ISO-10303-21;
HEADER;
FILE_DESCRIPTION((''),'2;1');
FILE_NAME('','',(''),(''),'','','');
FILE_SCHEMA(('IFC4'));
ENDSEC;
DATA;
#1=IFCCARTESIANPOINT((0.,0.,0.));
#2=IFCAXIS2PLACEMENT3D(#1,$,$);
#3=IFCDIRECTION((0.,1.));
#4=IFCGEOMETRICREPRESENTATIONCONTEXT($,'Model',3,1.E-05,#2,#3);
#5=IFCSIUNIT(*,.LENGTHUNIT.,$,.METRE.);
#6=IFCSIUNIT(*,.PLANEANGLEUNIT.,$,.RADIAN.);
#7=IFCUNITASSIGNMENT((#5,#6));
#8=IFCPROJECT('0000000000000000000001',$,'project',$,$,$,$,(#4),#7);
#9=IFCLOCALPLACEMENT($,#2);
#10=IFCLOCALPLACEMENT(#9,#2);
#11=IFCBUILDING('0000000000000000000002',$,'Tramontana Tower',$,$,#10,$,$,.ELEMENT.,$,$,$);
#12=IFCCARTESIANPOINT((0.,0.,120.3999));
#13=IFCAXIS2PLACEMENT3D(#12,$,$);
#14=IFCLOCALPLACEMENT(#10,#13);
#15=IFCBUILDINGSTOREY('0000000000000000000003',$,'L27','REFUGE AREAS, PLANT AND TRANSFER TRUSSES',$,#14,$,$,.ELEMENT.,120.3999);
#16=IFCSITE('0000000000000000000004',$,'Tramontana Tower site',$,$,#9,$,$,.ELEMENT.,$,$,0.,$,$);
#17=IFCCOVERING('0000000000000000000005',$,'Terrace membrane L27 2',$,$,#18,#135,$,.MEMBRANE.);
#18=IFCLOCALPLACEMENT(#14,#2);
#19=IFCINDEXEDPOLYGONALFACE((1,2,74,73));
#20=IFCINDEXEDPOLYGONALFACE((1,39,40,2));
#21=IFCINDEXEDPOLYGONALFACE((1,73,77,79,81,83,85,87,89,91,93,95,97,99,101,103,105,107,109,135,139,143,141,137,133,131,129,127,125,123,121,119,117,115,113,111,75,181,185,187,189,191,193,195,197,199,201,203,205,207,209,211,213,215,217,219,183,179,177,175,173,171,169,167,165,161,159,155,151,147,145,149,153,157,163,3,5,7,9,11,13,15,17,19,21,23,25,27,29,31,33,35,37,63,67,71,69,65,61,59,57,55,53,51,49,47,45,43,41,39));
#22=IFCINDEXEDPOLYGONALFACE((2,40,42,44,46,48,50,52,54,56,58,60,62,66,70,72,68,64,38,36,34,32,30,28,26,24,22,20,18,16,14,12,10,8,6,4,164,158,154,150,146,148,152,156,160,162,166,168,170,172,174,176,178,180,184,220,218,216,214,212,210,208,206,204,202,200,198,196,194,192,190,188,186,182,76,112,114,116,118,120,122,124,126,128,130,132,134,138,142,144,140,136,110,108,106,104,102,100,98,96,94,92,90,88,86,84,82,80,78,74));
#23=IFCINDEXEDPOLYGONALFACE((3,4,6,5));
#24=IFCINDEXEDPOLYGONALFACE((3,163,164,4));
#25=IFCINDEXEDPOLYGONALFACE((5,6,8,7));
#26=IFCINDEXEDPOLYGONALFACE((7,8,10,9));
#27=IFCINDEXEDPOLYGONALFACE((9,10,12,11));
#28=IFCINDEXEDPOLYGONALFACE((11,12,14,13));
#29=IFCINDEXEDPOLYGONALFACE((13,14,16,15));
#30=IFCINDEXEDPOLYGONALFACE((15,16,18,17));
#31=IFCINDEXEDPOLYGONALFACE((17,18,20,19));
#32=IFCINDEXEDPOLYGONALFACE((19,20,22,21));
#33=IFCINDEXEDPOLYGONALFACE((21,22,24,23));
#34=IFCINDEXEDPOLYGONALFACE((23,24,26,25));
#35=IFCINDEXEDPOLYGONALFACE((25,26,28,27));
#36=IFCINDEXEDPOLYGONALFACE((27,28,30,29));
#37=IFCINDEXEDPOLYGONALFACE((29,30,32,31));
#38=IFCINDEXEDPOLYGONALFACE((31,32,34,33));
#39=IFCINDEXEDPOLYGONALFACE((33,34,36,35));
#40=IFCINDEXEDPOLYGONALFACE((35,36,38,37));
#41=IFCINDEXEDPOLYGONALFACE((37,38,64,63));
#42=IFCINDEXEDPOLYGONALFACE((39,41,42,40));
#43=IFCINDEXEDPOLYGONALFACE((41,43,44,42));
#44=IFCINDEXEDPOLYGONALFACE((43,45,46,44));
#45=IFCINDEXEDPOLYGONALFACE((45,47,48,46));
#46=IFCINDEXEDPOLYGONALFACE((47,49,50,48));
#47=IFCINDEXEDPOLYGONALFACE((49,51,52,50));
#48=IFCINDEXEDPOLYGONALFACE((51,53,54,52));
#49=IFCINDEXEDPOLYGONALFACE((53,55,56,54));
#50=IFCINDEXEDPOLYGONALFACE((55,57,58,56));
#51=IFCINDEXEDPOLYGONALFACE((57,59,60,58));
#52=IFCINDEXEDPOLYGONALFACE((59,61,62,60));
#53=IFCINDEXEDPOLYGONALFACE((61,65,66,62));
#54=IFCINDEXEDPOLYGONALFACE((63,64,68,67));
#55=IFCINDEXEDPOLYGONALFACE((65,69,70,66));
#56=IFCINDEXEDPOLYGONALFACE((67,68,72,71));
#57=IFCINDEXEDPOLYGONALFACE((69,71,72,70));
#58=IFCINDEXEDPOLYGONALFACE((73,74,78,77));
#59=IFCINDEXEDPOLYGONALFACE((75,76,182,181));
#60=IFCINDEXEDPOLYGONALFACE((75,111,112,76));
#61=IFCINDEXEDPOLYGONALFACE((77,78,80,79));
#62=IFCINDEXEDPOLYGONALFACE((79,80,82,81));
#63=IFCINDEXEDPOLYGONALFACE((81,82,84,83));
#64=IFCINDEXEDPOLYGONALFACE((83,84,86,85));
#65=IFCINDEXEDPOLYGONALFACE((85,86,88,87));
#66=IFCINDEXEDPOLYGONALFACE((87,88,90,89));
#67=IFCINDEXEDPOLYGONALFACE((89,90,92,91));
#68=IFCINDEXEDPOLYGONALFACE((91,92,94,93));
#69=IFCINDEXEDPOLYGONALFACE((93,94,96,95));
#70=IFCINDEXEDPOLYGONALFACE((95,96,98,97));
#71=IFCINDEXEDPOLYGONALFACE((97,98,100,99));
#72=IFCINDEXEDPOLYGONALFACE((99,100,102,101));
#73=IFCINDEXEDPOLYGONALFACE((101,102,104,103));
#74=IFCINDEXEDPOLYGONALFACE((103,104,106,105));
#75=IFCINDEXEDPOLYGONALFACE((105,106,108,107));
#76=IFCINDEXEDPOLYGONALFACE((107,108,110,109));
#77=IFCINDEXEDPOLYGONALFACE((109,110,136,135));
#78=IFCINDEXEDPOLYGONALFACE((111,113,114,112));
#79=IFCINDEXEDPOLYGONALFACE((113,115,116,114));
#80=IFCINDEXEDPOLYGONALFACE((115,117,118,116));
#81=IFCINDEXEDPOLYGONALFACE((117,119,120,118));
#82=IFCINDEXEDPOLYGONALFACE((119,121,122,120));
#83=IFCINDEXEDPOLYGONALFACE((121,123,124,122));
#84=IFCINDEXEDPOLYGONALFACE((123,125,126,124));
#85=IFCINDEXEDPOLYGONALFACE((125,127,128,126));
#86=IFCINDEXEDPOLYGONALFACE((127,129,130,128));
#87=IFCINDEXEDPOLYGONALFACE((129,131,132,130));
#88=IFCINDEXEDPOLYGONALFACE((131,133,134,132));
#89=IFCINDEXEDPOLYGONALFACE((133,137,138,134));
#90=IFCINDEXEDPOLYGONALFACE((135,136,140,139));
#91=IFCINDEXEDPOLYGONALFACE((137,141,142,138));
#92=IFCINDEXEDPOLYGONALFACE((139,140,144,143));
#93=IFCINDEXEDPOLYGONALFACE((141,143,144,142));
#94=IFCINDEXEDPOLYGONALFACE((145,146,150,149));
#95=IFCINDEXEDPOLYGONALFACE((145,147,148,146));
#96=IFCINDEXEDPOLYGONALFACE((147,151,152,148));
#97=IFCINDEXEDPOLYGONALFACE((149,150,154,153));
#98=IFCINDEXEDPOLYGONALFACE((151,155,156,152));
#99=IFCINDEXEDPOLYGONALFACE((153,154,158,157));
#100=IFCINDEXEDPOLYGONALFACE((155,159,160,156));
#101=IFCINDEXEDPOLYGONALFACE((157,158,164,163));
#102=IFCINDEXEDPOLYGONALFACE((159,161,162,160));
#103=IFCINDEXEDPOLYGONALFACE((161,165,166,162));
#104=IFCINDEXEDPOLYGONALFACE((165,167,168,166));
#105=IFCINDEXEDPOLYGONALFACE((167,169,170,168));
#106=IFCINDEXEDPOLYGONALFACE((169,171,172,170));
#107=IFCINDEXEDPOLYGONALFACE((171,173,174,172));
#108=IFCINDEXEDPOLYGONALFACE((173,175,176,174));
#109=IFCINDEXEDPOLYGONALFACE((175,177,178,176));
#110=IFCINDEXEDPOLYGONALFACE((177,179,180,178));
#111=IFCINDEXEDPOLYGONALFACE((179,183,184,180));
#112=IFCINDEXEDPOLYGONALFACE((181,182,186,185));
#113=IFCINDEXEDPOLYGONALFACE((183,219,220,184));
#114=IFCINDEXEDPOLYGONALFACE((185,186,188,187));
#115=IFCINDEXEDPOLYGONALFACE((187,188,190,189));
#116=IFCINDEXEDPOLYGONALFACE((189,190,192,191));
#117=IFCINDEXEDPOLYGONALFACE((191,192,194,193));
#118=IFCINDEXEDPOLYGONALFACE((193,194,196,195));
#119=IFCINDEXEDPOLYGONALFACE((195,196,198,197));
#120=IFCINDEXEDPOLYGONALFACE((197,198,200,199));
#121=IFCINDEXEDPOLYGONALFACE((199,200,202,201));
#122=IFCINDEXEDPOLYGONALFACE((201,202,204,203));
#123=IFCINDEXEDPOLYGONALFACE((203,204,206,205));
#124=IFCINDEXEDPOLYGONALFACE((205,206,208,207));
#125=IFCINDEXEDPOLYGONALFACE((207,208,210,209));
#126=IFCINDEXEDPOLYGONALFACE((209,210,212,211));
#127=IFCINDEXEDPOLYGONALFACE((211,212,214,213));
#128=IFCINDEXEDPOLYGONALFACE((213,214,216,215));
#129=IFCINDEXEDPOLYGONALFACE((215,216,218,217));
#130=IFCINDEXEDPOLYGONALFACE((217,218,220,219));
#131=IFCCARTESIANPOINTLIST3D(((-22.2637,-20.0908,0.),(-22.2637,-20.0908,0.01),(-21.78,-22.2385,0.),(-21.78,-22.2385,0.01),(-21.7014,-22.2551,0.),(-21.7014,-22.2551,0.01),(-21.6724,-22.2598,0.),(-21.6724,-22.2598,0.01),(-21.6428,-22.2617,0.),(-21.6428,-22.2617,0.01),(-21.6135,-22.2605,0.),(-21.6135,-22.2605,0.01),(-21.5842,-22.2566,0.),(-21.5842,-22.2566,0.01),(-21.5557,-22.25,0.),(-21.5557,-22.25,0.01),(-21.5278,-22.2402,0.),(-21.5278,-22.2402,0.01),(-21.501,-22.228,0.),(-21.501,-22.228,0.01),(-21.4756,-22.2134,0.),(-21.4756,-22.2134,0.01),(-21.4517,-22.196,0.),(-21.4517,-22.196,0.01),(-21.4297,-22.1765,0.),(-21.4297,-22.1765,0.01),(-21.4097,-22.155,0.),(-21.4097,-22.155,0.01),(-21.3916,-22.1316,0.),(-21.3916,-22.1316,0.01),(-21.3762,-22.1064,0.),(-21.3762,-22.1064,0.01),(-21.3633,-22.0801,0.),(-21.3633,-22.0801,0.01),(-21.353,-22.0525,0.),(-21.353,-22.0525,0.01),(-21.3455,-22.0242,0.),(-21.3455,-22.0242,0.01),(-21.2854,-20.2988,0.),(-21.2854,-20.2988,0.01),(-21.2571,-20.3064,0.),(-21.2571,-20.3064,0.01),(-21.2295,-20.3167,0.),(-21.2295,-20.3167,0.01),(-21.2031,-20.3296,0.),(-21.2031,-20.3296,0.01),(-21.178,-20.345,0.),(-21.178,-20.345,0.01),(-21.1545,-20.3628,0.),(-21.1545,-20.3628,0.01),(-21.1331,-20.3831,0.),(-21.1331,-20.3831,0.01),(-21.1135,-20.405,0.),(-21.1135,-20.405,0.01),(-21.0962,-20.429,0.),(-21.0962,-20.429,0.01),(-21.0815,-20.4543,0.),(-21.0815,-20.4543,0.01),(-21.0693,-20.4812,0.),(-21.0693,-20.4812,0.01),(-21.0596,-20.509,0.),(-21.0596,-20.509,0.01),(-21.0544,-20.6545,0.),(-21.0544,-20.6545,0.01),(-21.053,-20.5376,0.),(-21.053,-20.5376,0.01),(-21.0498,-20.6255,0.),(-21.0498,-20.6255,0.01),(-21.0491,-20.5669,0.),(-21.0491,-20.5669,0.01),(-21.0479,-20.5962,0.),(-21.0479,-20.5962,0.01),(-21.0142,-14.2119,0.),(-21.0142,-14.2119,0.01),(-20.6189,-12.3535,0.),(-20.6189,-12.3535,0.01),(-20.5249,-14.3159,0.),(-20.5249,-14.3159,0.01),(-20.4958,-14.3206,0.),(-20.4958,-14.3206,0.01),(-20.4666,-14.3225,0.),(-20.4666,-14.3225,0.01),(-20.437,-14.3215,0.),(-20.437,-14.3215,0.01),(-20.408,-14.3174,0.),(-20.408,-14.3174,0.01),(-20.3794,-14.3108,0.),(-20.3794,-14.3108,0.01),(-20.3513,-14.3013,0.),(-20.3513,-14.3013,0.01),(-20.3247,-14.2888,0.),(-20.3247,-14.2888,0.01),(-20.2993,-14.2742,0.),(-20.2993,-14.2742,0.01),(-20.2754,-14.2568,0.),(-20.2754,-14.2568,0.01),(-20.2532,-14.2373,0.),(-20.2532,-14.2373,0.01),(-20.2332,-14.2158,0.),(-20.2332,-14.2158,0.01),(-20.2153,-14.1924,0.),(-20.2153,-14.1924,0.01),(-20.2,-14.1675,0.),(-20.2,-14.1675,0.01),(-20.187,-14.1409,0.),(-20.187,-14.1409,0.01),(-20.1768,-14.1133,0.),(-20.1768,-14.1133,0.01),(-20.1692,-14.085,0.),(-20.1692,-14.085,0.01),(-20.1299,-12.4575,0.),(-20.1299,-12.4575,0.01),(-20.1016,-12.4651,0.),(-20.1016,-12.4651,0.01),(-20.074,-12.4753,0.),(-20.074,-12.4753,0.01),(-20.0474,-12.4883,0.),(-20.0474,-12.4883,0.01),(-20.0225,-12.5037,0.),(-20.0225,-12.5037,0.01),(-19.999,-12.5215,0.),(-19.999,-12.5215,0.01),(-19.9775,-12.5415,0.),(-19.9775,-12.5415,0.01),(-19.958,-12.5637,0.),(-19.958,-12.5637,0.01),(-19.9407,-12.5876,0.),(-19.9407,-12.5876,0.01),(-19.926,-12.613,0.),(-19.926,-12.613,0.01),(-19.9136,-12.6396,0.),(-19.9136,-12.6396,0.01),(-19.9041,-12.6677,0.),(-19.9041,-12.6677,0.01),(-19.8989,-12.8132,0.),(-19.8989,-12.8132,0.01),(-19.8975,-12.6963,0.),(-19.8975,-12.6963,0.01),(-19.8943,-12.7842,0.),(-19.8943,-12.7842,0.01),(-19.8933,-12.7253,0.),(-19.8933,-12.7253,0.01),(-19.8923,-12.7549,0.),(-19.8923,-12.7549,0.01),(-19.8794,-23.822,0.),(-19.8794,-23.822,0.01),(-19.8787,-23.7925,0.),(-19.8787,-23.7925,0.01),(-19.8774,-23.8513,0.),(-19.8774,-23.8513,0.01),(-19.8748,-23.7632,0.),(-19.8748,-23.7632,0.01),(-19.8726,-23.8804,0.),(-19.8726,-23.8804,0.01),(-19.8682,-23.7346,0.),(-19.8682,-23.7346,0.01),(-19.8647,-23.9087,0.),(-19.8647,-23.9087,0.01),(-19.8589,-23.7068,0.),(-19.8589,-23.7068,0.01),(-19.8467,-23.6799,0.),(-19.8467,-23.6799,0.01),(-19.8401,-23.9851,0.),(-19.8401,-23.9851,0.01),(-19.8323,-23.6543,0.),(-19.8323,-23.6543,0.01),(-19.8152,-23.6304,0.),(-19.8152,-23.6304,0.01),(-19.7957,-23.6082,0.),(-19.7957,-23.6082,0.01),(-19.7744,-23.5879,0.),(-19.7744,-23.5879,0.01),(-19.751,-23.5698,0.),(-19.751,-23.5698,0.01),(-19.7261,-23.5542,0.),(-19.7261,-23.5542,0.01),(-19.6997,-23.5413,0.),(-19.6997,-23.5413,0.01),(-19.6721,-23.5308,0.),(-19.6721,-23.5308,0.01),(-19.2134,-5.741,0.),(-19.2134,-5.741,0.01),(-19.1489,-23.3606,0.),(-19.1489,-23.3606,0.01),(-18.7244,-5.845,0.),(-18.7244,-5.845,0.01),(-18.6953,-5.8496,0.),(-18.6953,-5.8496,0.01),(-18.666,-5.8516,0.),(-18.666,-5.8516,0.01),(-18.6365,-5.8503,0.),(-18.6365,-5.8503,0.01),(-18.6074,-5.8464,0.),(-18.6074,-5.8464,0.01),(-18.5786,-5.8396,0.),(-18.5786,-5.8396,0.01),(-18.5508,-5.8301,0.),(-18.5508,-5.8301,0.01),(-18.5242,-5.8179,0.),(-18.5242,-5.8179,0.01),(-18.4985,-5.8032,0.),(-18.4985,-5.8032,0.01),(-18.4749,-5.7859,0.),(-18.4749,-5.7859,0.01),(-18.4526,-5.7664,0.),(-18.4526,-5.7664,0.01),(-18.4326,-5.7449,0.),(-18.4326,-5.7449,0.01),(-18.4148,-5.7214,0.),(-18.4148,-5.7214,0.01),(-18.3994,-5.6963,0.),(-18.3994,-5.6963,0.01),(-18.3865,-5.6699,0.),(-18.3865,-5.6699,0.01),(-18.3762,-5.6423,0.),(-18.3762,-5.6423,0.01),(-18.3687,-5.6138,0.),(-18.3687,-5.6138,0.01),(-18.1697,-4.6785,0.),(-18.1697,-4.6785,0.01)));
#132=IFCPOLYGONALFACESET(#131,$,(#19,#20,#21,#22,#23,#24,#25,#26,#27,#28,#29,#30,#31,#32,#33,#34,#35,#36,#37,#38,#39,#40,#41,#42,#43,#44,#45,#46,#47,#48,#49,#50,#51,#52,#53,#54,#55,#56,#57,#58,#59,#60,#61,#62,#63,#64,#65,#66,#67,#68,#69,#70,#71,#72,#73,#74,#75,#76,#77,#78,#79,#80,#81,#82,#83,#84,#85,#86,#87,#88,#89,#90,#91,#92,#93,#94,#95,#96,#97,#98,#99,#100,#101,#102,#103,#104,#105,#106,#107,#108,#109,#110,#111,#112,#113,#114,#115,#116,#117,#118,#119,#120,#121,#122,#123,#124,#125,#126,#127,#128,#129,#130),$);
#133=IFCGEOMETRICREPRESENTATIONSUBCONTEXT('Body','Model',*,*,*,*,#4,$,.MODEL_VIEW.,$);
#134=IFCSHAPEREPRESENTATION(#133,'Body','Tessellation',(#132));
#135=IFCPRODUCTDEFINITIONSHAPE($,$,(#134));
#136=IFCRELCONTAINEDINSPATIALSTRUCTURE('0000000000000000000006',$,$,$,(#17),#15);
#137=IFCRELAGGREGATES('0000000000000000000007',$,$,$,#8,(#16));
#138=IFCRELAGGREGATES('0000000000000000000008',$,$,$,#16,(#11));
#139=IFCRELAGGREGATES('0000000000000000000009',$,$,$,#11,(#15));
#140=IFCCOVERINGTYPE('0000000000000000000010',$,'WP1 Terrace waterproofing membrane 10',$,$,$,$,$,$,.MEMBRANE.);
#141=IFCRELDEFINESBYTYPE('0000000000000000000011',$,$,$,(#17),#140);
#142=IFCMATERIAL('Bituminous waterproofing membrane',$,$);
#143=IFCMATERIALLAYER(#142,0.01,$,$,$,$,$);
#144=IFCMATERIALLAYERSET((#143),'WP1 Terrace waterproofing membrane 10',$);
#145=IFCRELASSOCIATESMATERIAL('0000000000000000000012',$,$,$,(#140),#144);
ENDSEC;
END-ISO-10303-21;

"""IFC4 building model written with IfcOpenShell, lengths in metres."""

from ifc_helpers import new_model, si_unit, direction, frame, origin, place, context, subcontext, project, spatial, polyline, outline, extrude, material, layer, layer_set, type_object, element, save


model = new_model("IFC4")

# Units and contexts
model_context = context("Model", 3, precision=1e-05, world=origin(), true_north=direction((0.0, 1.0)))
body_context = subcontext(model_context, "Body", "Model", "MODEL_VIEW")
ifc_project = project(units=[si_unit("LENGTHUNIT", "METRE"), si_unit("PLANEANGLEUNIT", "RADIAN")], contexts=[model_context])

# Site, building, storey
site_placement = place(None, origin())
site = spatial("IfcSite", under=ifc_project, at=site_placement, Name="Tramontana Tower site", CompositionType="ELEMENT", RefElevation=0.0)
building_placement = place(site_placement, origin())
building = spatial("IfcBuilding", under=site, at=building_placement, Name="Tramontana Tower", CompositionType="ELEMENT")
storey_placement = place(building_placement, frame((0.0, 0.0, 120.3999)))
storey = spatial("IfcBuildingStorey", under=building, at=storey_placement, Name="L27", Description="REFUGE AREAS, PLANT AND TRANSFER TRUSSES", CompositionType="ELEMENT", Elevation=120.3999)

# Covering
ifc_material_1 = material(Name="Bituminous waterproofing membrane")
ifc_layer_1 = layer(ifc_material_1, 0.01)
ifc_layer_set_1 = layer_set([ifc_layer_1], Name="WP1 Terrace waterproofing membrane 10")
covering_type_1 = type_object("IfcCoveringType", Name="WP1 Terrace waterproofing membrane 10", PredefinedType="MEMBRANE", material=ifc_layer_set_1)
covering_1_placement = place(storey_placement, origin())
element("IfcCovering", 1, at=covering_1_placement, inside=storey, type_object=covering_type_1, Name="Terrace membrane L27 2", PredefinedType="MEMBRANE", context=body_context, shape_type="SweptSolid", body=[
    extrude(outline(polyline([(-21.78, -22.2385), (-21.7014, -22.2551), (-21.6724, -22.2598), (-21.6428, -22.2617), (-21.6135, -22.2605), (-21.5842, -22.2566), (-21.5557, -22.25), (-21.5278, -22.2402), (-21.501, -22.228), (-21.4756, -22.2134), (-21.4517, -22.196), (-21.4297, -22.1765), (-21.4097, -22.155), (-21.3916, -22.1316), (-21.3762, -22.1064), (-21.3633, -22.0801), (-21.353, -22.0525), (-21.3455, -22.0242), (-21.0544, -20.6545), (-21.0498, -20.6255), (-21.0479, -20.5962), (-21.0491, -20.5669), (-21.053, -20.5376), (-21.0596, -20.509), (-21.0693, -20.4812), (-21.0815, -20.4543), (-21.0962, -20.429), (-21.1135, -20.405), (-21.1331, -20.3831), (-21.1545, -20.3628), (-21.178, -20.345), (-21.2031, -20.3296), (-21.2295, -20.3167), (-21.2571, -20.3064), (-21.2854, -20.2988), (-22.2637, -20.0908), (-21.0142, -14.2119), (-20.5249, -14.3159), (-20.4958, -14.3206), (-20.4666, -14.3225), (-20.437, -14.3215), (-20.408, -14.3174), (-20.3794, -14.3108), (-20.3513, -14.3013), (-20.3247, -14.2888), (-20.2993, -14.2742), (-20.2754, -14.2568), (-20.2532, -14.2373), (-20.2332, -14.2158), (-20.2153, -14.1924), (-20.2, -14.1675), (-20.187, -14.1409), (-20.1768, -14.1133), (-20.1692, -14.085), (-19.8989, -12.8132), (-19.8943, -12.7842), (-19.8923, -12.7549), (-19.8933, -12.7253), (-19.8975, -12.6963), (-19.9041, -12.6677), (-19.9136, -12.6396), (-19.926, -12.613), (-19.9407, -12.5876), (-19.958, -12.5637), (-19.9775, -12.5415), (-19.999, -12.5215), (-20.0225, -12.5037), (-20.0474, -12.4883), (-20.074, -12.4753), (-20.1016, -12.4651), (-20.1299, -12.4575), (-20.6189, -12.3535), (-19.2134, -5.741), (-18.7244, -5.845), (-18.6953, -5.8496), (-18.666, -5.8516), (-18.6365, -5.8503), (-18.6074, -5.8464), (-18.5786, -5.8396), (-18.5508, -5.8301), (-18.5242, -5.8179), (-18.4985, -5.8032), (-18.4749, -5.7859), (-18.4526, -5.7664), (-18.4326, -5.7449), (-18.4148, -5.7214), (-18.3994, -5.6963), (-18.3865, -5.6699), (-18.3762, -5.6423), (-18.3687, -5.6138), (-18.1697, -4.6785), (-19.1489, -23.3606), (-19.6721, -23.5308), (-19.6997, -23.5413), (-19.7261, -23.5542), (-19.751, -23.5698), (-19.7744, -23.5879), (-19.7957, -23.6082), (-19.8152, -23.6304), (-19.8323, -23.6543), (-19.8467, -23.6799), (-19.8589, -23.7068), (-19.8682, -23.7346), (-19.8748, -23.7632), (-19.8787, -23.7925), (-19.8794, -23.822), (-19.8774, -23.8513), (-19.8726, -23.8804), (-19.8647, -23.9087), (-19.8401, -23.9851), (-21.78, -22.2385)])), origin(), (0.0, 0.0, 1.0), 0.01),
])

save(model, "model.ifc")
